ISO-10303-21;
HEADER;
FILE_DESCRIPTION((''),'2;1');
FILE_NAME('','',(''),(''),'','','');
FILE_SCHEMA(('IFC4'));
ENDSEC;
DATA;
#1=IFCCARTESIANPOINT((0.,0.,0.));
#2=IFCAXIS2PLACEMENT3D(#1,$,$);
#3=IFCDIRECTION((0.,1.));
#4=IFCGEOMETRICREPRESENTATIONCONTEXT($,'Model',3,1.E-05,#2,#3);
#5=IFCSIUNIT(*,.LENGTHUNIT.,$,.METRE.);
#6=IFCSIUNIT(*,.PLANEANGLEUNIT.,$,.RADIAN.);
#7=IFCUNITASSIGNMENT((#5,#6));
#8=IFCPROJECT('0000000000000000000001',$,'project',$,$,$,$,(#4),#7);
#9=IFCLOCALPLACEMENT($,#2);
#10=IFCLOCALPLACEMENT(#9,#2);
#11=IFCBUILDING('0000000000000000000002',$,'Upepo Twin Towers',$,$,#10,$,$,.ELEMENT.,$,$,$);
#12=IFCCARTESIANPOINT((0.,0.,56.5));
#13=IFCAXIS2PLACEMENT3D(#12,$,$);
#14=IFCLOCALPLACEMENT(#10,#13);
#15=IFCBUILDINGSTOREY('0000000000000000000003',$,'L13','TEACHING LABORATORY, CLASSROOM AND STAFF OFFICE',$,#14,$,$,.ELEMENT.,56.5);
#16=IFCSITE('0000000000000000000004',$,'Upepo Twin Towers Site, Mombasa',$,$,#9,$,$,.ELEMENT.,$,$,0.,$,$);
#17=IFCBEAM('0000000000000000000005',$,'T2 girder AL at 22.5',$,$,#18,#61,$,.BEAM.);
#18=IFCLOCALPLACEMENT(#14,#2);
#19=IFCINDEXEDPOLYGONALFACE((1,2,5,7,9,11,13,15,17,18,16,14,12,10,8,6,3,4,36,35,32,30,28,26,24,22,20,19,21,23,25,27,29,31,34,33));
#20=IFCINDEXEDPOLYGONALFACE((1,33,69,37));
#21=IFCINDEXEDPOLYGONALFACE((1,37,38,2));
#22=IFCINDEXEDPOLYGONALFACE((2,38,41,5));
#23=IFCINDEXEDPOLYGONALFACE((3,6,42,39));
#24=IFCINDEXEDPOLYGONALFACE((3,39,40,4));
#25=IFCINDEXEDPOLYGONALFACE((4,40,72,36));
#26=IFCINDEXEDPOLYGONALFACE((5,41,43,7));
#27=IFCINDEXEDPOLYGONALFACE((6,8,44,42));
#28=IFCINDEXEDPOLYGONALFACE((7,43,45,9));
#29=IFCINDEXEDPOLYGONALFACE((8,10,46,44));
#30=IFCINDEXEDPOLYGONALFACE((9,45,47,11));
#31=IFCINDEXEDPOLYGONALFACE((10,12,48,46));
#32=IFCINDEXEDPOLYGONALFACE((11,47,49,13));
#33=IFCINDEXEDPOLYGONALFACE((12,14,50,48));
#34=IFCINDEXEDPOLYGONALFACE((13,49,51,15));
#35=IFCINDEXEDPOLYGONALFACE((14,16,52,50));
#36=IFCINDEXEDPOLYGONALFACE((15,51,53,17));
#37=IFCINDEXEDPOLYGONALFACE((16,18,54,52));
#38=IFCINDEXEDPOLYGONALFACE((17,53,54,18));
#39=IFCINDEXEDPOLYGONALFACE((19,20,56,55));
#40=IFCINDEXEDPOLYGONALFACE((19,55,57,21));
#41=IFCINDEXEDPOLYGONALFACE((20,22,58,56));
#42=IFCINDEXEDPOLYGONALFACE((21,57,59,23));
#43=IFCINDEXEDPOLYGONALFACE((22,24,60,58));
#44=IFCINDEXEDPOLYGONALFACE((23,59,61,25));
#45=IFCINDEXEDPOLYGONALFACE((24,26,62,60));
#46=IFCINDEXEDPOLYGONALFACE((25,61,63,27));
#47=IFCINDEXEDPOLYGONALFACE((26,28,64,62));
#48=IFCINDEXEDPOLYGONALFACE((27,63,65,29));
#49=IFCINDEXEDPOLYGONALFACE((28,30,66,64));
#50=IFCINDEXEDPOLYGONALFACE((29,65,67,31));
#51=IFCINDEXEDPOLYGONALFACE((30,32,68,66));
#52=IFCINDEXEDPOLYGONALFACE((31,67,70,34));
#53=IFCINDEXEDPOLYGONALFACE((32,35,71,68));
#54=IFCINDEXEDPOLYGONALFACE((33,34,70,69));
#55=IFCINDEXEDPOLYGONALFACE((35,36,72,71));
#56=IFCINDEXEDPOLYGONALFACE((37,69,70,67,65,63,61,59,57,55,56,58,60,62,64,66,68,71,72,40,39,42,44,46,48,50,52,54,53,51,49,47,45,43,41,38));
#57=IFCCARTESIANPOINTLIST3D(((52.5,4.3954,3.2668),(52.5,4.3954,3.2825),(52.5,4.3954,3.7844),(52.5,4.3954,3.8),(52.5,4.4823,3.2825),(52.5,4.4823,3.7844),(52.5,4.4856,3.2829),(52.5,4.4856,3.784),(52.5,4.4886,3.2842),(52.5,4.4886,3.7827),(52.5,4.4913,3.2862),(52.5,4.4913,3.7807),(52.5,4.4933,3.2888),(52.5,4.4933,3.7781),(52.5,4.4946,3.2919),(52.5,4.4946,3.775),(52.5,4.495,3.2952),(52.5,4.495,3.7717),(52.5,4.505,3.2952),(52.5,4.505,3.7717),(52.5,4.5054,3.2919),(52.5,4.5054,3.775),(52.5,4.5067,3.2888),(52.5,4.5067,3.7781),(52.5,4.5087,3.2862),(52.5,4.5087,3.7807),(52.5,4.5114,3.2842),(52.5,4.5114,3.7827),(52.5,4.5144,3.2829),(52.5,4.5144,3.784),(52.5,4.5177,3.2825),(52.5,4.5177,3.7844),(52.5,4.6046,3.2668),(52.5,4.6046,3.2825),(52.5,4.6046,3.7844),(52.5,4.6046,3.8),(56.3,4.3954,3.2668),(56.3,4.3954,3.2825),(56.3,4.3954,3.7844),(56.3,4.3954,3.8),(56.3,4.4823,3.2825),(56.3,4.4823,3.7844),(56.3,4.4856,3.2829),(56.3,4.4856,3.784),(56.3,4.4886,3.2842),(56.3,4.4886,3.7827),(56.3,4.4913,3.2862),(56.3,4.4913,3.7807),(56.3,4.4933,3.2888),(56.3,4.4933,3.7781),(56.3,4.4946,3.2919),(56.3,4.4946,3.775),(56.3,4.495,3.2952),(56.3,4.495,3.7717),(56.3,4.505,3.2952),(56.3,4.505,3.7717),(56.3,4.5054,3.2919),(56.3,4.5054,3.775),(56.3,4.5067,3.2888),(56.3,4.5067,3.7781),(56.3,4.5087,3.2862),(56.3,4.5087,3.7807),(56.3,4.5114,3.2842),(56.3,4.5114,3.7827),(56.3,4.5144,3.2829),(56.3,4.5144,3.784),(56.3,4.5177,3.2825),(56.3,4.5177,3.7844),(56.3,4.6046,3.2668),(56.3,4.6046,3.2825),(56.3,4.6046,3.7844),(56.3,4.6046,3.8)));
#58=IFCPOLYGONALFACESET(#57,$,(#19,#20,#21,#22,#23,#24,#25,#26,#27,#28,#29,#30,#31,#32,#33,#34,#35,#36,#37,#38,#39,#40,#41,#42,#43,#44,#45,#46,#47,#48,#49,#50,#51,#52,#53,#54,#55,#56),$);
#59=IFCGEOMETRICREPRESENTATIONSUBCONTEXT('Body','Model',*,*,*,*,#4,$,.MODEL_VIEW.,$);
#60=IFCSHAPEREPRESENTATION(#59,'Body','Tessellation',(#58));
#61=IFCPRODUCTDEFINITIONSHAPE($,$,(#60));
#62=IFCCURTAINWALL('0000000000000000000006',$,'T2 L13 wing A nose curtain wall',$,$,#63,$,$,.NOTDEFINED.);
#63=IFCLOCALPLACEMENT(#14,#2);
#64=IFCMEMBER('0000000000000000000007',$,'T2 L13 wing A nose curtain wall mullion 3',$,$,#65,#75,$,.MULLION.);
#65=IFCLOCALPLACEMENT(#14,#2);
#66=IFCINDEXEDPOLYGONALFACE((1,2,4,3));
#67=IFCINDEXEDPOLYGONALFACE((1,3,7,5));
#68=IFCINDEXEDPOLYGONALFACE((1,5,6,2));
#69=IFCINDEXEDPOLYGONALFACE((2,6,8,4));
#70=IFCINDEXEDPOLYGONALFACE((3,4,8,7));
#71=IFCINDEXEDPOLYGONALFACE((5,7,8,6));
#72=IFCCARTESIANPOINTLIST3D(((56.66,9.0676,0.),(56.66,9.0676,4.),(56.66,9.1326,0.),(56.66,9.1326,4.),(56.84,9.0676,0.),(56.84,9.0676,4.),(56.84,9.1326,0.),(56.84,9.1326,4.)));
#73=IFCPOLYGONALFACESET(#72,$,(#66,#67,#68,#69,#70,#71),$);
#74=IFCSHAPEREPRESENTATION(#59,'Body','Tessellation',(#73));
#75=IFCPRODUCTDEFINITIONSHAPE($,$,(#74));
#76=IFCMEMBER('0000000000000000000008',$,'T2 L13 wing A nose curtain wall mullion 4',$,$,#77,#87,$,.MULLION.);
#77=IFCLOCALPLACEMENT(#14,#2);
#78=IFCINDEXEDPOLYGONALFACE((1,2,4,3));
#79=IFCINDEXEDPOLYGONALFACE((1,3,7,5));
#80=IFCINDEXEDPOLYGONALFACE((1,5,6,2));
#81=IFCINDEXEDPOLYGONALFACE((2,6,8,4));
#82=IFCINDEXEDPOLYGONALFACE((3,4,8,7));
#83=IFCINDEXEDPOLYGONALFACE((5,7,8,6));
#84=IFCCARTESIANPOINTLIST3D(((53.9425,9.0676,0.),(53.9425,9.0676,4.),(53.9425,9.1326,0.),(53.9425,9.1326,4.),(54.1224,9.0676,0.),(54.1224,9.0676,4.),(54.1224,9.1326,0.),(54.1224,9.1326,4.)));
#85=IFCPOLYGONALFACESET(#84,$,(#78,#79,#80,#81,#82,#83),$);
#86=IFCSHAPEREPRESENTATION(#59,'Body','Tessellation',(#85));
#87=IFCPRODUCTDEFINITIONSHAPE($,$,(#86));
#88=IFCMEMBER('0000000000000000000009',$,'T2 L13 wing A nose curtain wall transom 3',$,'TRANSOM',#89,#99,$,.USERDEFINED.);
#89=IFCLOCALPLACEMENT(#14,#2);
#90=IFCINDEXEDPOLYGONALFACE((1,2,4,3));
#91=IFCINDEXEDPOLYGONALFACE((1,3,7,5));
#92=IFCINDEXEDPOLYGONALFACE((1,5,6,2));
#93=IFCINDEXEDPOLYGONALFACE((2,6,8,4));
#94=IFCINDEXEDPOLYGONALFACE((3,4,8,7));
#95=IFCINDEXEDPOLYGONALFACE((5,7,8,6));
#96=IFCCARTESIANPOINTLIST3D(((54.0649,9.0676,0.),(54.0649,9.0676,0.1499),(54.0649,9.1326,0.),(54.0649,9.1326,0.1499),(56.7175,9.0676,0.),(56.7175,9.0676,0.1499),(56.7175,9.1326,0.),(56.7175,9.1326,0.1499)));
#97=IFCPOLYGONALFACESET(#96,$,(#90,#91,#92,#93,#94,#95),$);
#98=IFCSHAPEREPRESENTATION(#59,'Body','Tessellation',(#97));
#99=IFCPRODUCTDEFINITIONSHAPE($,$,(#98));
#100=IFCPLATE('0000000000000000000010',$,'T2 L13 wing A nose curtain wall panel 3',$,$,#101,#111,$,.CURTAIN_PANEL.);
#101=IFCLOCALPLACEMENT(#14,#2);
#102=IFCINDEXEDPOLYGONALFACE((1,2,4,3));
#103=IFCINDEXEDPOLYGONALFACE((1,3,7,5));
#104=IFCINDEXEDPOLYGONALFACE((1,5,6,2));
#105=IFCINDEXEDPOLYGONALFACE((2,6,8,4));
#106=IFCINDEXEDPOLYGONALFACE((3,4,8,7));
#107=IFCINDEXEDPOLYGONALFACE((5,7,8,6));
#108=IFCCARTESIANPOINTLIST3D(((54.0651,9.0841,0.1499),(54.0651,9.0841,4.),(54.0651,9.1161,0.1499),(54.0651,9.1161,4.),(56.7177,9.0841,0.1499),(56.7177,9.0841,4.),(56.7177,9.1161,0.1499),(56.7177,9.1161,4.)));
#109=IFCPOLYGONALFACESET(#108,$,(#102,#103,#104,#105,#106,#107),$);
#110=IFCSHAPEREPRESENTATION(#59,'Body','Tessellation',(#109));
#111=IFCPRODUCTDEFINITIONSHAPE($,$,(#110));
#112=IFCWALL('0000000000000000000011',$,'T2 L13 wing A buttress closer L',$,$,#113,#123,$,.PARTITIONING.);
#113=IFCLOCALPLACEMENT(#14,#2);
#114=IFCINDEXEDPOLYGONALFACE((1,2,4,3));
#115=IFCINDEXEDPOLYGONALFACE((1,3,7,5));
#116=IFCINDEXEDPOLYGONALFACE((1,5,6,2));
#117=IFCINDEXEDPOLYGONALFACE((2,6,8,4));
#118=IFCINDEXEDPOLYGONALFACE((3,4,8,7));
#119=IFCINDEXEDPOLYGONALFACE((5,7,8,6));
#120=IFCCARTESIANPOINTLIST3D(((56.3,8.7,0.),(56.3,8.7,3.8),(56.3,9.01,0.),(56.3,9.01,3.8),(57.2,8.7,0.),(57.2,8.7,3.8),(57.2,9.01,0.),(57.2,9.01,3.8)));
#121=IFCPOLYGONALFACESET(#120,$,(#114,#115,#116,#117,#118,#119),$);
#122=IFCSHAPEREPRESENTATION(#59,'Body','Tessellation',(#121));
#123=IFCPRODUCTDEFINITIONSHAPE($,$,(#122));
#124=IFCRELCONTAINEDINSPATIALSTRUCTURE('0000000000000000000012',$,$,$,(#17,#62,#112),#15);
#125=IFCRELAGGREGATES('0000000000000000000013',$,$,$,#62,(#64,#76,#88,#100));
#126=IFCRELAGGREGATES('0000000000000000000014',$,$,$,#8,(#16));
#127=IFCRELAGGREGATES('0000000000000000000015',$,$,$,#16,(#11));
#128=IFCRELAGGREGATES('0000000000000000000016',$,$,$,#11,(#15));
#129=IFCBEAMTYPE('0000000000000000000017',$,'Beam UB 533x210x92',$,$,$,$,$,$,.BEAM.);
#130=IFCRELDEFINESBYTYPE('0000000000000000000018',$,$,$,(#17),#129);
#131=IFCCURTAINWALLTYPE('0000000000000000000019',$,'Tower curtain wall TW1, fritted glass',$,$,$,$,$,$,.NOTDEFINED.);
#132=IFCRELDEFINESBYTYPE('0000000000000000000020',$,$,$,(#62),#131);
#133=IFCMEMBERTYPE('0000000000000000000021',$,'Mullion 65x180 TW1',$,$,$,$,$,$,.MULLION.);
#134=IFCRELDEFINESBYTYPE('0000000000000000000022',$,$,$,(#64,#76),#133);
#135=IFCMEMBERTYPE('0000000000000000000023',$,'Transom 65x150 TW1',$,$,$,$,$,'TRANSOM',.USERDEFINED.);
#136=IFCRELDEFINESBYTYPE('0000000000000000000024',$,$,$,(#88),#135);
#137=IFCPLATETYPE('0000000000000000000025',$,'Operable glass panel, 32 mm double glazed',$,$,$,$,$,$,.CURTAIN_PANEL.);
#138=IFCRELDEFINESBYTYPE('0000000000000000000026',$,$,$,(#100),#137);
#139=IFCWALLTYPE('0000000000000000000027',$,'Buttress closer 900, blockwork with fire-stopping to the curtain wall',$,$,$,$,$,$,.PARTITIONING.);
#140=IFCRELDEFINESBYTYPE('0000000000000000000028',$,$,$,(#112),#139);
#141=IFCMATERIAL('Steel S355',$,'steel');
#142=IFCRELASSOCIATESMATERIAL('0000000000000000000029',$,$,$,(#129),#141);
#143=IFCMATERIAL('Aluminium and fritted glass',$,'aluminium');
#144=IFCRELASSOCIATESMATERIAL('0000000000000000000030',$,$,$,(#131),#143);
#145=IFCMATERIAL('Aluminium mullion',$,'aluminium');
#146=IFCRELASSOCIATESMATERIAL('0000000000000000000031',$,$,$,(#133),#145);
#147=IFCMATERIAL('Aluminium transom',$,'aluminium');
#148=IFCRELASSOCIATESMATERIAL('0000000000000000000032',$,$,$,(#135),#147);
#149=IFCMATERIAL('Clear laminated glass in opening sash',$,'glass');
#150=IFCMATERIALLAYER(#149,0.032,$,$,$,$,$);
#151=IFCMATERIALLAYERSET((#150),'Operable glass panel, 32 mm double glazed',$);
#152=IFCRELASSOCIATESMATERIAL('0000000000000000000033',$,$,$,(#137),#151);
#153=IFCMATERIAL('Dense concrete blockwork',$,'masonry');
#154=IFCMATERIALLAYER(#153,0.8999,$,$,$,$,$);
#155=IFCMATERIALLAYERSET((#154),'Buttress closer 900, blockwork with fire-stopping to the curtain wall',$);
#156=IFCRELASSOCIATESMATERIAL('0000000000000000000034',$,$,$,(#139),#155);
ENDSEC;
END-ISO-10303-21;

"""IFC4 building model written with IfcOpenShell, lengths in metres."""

from ifc_helpers import new_model, si_unit, direction, frame, frame_2d, origin, origin_2d, place, context, subcontext, project, spatial, rectangle, i_section, extrude, material, layer, layer_set, material_profile, profile_set, type_object, element, aggregate, save


model = new_model("IFC4")

# Units and contexts
model_context = context("Model", 3, precision=1e-05, world=origin(), true_north=direction((0.0, 1.0)))
body_context = subcontext(model_context, "Body", "Model", "MODEL_VIEW")
ifc_project = project(units=[si_unit("LENGTHUNIT", "METRE"), si_unit("PLANEANGLEUNIT", "RADIAN")], contexts=[model_context])

# Site, building, storey
site_placement = place(None, origin())
site = spatial("IfcSite", under=ifc_project, at=site_placement, Name="Upepo Twin Towers Site, Mombasa", CompositionType="ELEMENT", RefElevation=0.0)
building_placement = place(site_placement, origin())
building = spatial("IfcBuilding", under=site, at=building_placement, Name="Upepo Twin Towers", CompositionType="ELEMENT")
storey_placement = place(building_placement, frame((0.0, 0.0, 56.5)))
storey = spatial("IfcBuildingStorey", under=building, at=storey_placement, Name="L13", Description="TEACHING LABORATORY, CLASSROOM AND STAFF OFFICE", CompositionType="ELEMENT", Elevation=56.5)

# Beam
ifc_material_1 = material(Name="Steel S355", Category="steel")
ifc_material_profile_1 = material_profile(ifc_material_1, i_section(OverallWidth=0.2092, OverallDepth=0.5332, WebThickness=0.01, FlangeThickness=0.0156, FilletRadius=0.0127, at=origin_2d()), Name="UB 533x210x92")
ifc_profile_set_1 = profile_set([ifc_material_profile_1], Name="Steel S355")
beam_type_1 = type_object("IfcBeamType", Name="Beam UB 533x210x92", PredefinedType="BEAM", material=ifc_profile_set_1)
beam_1_placement = place(storey_placement, frame((52.5, 4.5, 3.5334), z_axis=(1.0, 0.0, 0.0), x_axis=(0.0, 1.0, 0.0)))
element("IfcBeam", 1, at=beam_1_placement, inside=storey, type_object=beam_type_1, Name="T2 girder AL at 22.5", PredefinedType="BEAM", context=body_context, shape_type="SweptSolid", body=[
    extrude(i_section(OverallWidth=0.2092, OverallDepth=0.5332, WebThickness=0.01, FlangeThickness=0.0156, FilletRadius=0.0127, at=origin_2d()), origin(), (0.0, 0.0, 1.0), 3.8),
])

# Curtain wall, members, plate
ifc_material_2 = material(Name="Aluminium and fritted glass", Category="aluminium")
curtain_wall_type = type_object("IfcCurtainWallType", Name="Tower curtain wall TW1, fritted glass", PredefinedType="NOTDEFINED", material=ifc_material_2)
curtain_wall_placement = place(storey_placement, origin())
curtain_wall = element("IfcCurtainWall", 2, at=curtain_wall_placement, inside=storey, type_object=curtain_wall_type, Name="T2 L13 wing A nose curtain wall", PredefinedType="NOTDEFINED")
ifc_material_3 = material(Name="Aluminium mullion", Category="aluminium")
ifc_material_profile_2 = material_profile(ifc_material_3, rectangle(XDim=0.0649, YDim=0.1799, at=origin_2d()), Name="MULLION 65x180")
ifc_profile_set_2 = profile_set([ifc_material_profile_2], Name="Aluminium mullion")
member_type_1 = type_object("IfcMemberType", Name="Mullion 65x180 TW1", PredefinedType="MULLION", material=ifc_profile_set_2)
member_1_placement = place(storey_placement, frame((56.75, 9.1001, 0.0), z_axis=(0.0, 0.0, 1.0), x_axis=(0.0, -1.0, 0.0)))
member_1 = element("IfcMember", 3, at=member_1_placement, type_object=member_type_1, Name="T2 L13 wing A nose curtain wall mullion 3", PredefinedType="MULLION", context=body_context, shape_type="SweptSolid", body=[
    extrude(rectangle(XDim=0.0649, YDim=0.1799, at=origin_2d()), origin(), (0.0, 0.0, 1.0), 4.0),
])
member_2_placement = place(storey_placement, frame((54.0325, 9.1001, 0.0), z_axis=(0.0, 0.0, 1.0), x_axis=(0.0, -1.0, 0.0)))
member_2 = element("IfcMember", 4, at=member_2_placement, type_object=member_type_1, Name="T2 L13 wing A nose curtain wall mullion 4", PredefinedType="MULLION", context=body_context, shape_type="SweptSolid", body=[
    extrude(rectangle(XDim=0.0649, YDim=0.1799, at=origin_2d()), origin(), (0.0, 0.0, 1.0), 4.0),
])
ifc_material_4 = material(Name="Aluminium transom", Category="aluminium")
ifc_material_profile_3 = material_profile(ifc_material_4, rectangle(XDim=0.0649, YDim=0.1499, at=origin_2d()), Name="TRANSOM 65x150")
ifc_profile_set_3 = profile_set([ifc_material_profile_3], Name="Aluminium transom")
member_type_2 = type_object("IfcMemberType", Name="Transom 65x150 TW1", ElementType="TRANSOM", PredefinedType="USERDEFINED", material=ifc_profile_set_3)
member_3_placement = place(storey_placement, frame((56.7175, 9.1001, 0.075), z_axis=(-1.0, 0.0, 0.0), x_axis=(0.0, -1.0, 0.0)))
member_3 = element("IfcMember", 5, at=member_3_placement, type_object=member_type_2, Name="T2 L13 wing A nose curtain wall transom 3", ObjectType="TRANSOM", PredefinedType="USERDEFINED", context=body_context, shape_type="SweptSolid", body=[
    extrude(rectangle(XDim=0.0649, YDim=0.1499, at=origin_2d()), origin(), (0.0, 0.0, 1.0), 2.6526),
])
ifc_material_5 = material(Name="Clear laminated glass in opening sash", Category="glass")
ifc_layer_1 = layer(ifc_material_5, 0.032)
ifc_layer_set_1 = layer_set([ifc_layer_1], Name="Operable glass panel, 32 mm double glazed")
plate_type = type_object("IfcPlateType", Name="Operable glass panel, 32 mm double glazed", PredefinedType="CURTAIN_PANEL", material=ifc_layer_set_1)
plate_placement = place(storey_placement, frame((55.3914, 9.1001, 0.1499), z_axis=(0.0, 0.0, 1.0), x_axis=(-1.0, 0.0, 0.0)))
plate = element("IfcPlate", 6, at=plate_placement, type_object=plate_type, Name="T2 L13 wing A nose curtain wall panel 3", PredefinedType="CURTAIN_PANEL", context=body_context, shape_type="SweptSolid", body=[
    extrude(rectangle(XDim=2.6526, YDim=0.032, at=origin_2d()), origin(), (0.0, 0.0, 1.0), 3.8501),
])
aggregate(curtain_wall, [member_1, member_2, member_3, plate])

# Wall
ifc_material_6 = material(Name="Dense concrete blockwork", Category="masonry")
ifc_layer_2 = layer(ifc_material_6, 0.8999)
ifc_layer_set_2 = layer_set([ifc_layer_2], Name="Buttress closer 900, blockwork with fire-stopping to the curtain wall")
wall_type_1 = type_object("IfcWallType", Name="Buttress closer 900, blockwork with fire-stopping to the curtain wall", PredefinedType="PARTITIONING", material=ifc_layer_set_2)
wall_1_placement = place(storey_placement, frame((56.75, 8.7, 0.0), z_axis=(0.0, 0.0, 1.0), x_axis=(0.0, 1.0, 0.0)))
element("IfcWall", 7, at=wall_1_placement, inside=storey, type_object=wall_type_1, Name="T2 L13 wing A buttress closer L", PredefinedType="PARTITIONING", context=body_context, shape_type="SweptSolid", body=[
    extrude(rectangle(XDim=0.3101, YDim=0.8999, at=frame_2d((0.155, 0.0))), origin(), (0.0, 0.0, 1.0), 3.8),
])

save(model, "model.ifc")
